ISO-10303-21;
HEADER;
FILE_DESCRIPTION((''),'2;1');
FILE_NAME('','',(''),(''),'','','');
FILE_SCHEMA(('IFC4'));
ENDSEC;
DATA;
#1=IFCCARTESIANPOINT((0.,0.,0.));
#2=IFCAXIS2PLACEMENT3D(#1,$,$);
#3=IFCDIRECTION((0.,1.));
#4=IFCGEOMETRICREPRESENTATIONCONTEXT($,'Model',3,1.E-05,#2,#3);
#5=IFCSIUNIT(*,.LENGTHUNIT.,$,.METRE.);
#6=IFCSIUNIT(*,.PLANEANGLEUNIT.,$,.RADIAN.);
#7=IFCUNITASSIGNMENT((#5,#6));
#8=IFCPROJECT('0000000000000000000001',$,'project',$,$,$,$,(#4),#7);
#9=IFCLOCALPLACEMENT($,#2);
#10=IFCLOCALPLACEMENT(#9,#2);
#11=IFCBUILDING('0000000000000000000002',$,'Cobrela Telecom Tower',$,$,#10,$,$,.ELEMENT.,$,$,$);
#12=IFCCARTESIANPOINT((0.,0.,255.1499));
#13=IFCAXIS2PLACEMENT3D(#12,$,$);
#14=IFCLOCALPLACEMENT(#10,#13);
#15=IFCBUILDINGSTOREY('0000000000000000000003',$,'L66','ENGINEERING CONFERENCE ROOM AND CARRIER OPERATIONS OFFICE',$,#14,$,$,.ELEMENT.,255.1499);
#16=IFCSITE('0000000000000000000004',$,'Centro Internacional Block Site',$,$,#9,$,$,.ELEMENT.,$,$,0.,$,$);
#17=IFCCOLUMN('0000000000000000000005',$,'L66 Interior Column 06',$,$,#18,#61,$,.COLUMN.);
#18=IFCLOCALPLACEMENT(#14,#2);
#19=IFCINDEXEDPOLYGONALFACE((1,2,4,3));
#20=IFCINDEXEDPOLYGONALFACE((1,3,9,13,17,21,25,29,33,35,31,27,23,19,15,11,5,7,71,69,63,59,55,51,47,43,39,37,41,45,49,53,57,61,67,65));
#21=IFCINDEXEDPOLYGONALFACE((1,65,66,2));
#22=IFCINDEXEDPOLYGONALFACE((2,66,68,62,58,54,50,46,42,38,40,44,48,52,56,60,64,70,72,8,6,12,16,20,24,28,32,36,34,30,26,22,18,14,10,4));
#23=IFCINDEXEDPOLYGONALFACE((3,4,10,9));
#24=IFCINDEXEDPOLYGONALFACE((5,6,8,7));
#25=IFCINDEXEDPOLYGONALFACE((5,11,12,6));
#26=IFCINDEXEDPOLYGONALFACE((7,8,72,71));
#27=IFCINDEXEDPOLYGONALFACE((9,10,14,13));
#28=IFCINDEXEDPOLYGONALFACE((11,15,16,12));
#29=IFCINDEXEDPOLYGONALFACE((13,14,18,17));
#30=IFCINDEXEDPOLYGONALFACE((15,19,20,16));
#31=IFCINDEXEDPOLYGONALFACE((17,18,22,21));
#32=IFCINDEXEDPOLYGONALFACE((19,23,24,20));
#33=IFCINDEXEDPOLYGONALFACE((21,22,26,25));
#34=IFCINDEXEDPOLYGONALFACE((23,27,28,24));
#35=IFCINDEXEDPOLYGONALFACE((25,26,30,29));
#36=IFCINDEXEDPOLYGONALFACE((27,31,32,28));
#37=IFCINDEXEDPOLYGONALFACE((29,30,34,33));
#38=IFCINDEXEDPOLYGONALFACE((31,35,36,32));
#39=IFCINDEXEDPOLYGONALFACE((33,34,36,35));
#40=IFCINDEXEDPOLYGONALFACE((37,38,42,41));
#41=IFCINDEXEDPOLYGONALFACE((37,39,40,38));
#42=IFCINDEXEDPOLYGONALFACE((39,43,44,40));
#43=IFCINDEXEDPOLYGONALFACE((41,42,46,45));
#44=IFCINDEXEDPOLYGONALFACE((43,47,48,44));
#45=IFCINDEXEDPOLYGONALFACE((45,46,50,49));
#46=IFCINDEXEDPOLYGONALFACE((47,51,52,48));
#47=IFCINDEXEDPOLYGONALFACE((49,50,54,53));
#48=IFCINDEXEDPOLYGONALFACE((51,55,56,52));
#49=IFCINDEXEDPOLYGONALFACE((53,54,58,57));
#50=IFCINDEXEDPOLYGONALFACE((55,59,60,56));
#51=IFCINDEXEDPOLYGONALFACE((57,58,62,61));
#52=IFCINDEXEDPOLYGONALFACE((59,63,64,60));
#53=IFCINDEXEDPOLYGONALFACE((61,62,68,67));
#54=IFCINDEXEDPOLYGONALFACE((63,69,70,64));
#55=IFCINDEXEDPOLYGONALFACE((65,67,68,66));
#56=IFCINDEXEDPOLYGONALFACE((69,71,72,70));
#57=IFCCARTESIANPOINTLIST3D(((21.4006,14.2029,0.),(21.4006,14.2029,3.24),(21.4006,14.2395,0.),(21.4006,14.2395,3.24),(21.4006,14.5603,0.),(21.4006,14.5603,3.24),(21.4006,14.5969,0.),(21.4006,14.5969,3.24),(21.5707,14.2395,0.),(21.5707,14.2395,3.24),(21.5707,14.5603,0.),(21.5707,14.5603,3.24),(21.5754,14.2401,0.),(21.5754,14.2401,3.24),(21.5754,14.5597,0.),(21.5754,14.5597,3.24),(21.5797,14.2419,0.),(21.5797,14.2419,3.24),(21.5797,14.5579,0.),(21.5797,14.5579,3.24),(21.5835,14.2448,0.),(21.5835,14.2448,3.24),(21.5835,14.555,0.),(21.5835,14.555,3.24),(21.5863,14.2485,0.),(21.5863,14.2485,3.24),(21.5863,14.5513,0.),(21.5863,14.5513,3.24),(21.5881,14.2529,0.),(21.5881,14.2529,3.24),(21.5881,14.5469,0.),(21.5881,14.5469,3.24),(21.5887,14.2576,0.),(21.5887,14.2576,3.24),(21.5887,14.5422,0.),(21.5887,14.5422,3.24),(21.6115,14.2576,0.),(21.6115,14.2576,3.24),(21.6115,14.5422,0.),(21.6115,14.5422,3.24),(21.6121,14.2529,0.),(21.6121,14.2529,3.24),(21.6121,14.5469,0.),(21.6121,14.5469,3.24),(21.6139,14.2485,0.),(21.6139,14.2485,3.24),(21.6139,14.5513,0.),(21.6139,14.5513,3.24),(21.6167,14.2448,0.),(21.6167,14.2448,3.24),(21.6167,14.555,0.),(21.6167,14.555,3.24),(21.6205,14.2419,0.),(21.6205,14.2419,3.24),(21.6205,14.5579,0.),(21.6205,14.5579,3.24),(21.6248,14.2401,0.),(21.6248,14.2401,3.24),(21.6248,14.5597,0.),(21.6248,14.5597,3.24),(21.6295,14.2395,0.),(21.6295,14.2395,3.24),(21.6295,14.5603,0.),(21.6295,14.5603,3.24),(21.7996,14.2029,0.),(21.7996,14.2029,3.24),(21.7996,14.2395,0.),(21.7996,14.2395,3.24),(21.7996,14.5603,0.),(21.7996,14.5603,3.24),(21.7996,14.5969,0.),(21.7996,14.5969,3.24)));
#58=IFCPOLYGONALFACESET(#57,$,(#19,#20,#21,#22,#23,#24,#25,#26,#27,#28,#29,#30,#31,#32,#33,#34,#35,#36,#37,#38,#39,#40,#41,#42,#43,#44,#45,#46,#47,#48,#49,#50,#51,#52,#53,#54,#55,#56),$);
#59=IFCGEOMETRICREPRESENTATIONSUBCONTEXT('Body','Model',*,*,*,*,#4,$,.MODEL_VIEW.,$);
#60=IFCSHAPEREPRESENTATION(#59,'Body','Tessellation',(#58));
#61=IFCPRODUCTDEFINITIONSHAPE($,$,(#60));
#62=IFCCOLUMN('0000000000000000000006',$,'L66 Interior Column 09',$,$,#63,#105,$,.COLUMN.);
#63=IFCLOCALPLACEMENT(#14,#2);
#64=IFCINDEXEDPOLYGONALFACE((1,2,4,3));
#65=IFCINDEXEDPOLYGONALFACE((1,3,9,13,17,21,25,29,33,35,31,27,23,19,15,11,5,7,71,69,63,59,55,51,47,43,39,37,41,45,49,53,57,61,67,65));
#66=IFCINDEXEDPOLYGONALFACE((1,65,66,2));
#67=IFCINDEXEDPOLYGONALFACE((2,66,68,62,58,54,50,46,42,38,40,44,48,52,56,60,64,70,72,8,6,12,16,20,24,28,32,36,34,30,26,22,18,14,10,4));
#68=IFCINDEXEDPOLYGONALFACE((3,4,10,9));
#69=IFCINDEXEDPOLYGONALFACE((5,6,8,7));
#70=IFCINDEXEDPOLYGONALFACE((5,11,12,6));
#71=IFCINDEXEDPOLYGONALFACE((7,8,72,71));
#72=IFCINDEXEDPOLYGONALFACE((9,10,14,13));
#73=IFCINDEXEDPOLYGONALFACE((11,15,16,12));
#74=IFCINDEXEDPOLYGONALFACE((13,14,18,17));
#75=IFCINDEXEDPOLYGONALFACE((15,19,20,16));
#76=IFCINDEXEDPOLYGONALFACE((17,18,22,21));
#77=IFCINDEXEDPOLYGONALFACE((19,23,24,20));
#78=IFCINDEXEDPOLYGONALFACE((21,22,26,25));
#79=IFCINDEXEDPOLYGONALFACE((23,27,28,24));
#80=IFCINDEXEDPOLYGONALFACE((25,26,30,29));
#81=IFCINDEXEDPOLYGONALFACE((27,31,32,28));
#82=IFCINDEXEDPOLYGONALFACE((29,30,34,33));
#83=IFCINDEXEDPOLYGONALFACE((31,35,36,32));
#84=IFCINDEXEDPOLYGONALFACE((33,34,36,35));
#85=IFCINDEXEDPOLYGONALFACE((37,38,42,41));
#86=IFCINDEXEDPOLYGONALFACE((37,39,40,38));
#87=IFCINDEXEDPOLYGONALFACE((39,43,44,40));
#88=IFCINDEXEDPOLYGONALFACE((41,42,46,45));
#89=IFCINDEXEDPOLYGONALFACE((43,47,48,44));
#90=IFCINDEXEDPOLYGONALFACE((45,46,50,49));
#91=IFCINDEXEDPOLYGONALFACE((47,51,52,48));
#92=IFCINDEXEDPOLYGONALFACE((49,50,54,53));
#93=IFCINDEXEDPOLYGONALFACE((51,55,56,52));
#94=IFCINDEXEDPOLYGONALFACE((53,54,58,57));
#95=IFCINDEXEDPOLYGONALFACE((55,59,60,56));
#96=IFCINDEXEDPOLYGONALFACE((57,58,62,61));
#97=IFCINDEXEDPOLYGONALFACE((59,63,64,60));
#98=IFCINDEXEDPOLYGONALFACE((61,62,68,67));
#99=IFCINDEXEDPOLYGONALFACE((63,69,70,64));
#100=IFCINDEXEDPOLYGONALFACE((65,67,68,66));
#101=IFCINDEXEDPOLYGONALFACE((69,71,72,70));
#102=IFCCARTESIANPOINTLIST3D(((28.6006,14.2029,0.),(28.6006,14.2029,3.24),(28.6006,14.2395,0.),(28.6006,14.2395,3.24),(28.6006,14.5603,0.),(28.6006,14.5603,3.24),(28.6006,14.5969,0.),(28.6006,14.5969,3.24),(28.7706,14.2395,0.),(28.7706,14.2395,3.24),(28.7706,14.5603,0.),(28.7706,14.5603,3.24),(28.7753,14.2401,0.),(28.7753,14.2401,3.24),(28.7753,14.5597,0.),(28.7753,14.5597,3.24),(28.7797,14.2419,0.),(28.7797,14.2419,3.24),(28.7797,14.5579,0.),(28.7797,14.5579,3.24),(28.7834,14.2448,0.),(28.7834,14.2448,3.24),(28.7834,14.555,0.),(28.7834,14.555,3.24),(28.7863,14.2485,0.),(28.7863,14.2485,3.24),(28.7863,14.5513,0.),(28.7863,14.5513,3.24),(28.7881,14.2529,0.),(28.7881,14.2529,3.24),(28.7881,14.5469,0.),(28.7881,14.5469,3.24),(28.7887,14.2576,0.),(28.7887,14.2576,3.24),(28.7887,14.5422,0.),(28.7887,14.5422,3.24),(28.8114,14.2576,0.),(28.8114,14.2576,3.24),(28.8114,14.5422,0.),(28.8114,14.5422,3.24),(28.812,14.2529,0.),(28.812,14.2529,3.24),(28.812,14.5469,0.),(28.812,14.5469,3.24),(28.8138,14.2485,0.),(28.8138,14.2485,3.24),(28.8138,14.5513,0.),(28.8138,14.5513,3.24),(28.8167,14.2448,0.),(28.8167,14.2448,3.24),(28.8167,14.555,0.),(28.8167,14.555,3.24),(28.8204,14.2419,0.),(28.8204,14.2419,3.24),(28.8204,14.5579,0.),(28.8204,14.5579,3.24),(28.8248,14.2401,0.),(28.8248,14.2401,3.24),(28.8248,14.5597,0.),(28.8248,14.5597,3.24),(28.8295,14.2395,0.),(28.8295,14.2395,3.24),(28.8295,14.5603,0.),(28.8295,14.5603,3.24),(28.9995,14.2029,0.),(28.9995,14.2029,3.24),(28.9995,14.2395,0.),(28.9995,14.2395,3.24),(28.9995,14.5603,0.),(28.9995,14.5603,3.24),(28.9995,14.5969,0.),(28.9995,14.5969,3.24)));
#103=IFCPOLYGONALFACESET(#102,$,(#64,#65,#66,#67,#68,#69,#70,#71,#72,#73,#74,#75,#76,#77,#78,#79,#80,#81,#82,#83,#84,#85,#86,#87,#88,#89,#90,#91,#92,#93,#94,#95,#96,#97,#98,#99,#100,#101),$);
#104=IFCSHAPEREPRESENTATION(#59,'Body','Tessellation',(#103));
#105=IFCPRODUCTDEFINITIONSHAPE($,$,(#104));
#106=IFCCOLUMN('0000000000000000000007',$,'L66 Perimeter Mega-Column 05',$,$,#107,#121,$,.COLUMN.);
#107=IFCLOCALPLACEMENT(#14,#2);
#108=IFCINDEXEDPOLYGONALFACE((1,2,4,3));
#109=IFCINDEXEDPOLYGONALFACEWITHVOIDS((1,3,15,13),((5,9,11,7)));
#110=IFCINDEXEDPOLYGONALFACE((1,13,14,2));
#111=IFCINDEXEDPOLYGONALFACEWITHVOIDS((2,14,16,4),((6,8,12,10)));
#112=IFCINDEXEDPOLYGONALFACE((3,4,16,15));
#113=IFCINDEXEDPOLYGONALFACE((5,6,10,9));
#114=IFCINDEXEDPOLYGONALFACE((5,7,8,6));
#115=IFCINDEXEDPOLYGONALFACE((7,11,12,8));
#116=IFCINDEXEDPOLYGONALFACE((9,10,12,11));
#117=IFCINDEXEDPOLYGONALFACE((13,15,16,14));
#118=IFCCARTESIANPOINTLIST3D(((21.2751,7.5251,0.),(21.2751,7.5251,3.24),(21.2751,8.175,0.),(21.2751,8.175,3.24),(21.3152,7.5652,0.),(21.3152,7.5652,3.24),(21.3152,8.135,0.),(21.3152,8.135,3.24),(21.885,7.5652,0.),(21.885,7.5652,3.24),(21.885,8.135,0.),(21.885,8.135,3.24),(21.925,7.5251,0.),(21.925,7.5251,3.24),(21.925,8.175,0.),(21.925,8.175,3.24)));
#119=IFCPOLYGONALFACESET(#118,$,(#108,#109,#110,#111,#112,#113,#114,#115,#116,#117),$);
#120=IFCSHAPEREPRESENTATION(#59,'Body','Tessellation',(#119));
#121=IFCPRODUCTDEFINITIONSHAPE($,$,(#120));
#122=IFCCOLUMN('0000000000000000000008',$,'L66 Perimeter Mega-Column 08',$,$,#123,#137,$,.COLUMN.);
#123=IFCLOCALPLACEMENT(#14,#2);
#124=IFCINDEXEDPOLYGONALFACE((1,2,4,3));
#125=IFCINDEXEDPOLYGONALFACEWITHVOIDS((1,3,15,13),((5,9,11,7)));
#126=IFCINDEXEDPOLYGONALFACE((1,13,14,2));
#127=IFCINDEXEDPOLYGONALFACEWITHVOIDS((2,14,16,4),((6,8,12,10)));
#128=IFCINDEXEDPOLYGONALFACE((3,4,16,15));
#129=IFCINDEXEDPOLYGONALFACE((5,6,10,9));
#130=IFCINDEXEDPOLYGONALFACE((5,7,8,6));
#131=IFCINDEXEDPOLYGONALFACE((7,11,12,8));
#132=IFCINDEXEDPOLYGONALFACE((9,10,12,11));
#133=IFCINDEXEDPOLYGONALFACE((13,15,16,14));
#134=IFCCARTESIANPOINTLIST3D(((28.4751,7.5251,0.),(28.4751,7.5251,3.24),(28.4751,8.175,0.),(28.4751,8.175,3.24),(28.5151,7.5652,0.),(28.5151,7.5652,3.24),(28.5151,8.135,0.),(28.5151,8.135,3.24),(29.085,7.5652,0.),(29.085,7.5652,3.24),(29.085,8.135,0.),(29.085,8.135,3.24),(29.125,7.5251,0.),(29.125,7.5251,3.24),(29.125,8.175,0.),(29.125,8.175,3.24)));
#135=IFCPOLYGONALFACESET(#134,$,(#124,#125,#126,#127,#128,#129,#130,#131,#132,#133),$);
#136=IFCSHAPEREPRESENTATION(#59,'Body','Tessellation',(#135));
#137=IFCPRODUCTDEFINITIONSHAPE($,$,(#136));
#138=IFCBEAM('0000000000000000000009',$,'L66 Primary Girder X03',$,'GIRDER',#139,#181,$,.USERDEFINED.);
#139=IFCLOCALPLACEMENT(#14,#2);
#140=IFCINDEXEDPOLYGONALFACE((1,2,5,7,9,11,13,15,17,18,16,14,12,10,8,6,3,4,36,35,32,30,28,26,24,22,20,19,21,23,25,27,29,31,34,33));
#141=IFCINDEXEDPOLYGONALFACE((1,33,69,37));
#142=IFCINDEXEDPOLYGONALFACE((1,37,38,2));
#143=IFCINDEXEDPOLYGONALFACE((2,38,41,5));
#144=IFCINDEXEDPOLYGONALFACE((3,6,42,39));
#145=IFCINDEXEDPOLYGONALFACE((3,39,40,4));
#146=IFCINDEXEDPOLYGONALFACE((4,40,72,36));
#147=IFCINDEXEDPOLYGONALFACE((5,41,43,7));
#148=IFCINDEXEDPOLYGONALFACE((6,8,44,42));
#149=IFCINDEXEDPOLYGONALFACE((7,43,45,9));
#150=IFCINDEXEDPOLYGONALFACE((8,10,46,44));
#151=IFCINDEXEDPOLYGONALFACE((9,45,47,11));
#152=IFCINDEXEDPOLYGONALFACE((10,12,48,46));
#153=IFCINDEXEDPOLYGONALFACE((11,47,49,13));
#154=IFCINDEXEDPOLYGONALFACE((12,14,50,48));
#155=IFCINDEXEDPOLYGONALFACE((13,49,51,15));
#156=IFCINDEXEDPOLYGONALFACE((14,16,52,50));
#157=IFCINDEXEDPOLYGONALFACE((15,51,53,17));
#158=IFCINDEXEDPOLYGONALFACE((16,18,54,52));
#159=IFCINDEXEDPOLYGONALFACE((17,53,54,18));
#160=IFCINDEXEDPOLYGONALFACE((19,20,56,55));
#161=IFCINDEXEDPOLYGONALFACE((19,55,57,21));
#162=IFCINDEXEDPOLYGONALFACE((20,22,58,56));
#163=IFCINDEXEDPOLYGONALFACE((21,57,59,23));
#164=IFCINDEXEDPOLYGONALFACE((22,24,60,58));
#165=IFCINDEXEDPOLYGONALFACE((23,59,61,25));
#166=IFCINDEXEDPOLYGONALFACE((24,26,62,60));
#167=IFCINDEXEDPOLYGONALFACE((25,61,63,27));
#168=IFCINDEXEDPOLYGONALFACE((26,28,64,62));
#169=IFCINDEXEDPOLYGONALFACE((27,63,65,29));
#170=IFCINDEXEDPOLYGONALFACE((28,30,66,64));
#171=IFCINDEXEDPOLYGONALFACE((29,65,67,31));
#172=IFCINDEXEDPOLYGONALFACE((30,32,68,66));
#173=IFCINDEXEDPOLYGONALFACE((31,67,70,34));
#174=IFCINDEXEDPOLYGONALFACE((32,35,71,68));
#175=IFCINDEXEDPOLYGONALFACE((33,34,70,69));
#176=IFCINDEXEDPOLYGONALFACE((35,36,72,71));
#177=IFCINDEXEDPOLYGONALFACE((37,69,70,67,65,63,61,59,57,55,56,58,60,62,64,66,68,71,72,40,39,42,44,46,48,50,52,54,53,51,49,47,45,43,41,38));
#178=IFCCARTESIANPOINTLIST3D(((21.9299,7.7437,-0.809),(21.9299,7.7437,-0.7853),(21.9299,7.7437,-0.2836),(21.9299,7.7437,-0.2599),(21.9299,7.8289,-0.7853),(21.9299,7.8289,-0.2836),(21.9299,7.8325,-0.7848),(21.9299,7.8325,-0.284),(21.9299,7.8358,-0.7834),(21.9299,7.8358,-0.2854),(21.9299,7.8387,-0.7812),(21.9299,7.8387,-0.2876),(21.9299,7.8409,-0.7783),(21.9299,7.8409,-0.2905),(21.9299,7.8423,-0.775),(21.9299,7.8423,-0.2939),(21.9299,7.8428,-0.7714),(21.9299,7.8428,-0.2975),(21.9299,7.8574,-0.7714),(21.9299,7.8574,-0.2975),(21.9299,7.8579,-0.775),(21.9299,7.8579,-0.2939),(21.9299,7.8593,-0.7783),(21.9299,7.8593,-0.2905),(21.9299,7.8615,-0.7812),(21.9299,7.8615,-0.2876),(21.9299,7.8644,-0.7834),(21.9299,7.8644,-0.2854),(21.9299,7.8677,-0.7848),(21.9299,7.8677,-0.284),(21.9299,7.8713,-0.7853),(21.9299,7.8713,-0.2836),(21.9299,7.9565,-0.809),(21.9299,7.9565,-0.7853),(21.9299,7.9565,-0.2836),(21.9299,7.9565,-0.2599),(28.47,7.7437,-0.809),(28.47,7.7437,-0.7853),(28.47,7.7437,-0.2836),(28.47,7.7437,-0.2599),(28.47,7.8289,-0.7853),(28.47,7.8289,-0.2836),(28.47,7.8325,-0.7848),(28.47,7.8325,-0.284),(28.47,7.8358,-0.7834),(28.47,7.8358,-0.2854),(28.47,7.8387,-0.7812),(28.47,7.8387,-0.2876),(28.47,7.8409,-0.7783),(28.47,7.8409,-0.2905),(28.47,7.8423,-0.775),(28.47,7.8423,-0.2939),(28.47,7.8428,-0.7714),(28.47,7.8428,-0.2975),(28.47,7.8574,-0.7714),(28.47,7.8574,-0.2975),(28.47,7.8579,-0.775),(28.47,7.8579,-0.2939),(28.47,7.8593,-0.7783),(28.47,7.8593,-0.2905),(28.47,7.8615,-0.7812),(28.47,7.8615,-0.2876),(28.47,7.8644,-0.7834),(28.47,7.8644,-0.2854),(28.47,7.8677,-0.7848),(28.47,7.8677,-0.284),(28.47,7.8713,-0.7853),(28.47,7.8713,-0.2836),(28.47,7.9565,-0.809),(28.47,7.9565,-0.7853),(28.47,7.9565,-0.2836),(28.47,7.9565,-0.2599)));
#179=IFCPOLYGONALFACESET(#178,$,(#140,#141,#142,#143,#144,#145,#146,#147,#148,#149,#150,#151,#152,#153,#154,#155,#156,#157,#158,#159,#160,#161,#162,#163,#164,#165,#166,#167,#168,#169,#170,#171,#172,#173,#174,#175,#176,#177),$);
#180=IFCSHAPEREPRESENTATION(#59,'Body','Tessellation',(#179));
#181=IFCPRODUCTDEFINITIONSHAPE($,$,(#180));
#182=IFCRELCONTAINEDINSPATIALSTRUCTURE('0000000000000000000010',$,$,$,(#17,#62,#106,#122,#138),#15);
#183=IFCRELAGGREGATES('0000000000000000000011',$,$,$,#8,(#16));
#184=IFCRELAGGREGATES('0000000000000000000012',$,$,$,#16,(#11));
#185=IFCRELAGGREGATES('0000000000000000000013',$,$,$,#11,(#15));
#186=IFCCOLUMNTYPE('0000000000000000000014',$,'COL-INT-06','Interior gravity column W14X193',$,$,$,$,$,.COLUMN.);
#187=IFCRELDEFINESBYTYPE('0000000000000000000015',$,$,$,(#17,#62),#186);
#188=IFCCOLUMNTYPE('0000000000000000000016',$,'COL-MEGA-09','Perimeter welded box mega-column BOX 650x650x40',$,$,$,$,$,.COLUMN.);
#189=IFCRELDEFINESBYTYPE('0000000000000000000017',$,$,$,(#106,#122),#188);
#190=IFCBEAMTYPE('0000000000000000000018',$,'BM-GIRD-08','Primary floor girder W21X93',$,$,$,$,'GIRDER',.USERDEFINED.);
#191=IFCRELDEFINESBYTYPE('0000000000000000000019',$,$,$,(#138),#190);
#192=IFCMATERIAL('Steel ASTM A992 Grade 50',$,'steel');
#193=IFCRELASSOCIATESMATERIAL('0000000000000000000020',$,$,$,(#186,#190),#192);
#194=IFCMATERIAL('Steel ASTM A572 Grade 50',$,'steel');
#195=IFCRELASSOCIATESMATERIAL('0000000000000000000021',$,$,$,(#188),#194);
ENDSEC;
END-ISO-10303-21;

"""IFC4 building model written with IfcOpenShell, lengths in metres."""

from ifc_helpers import new_model, si_unit, direction, frame, origin, origin_2d, place, context, subcontext, project, spatial, hollow_rectangle, i_section, extrude, material, material_profile, profile_set, type_object, element, save


model = new_model("IFC4")

# Units and contexts
model_context = context("Model", 3, precision=1e-05, world=origin(), true_north=direction((0.0, 1.0)))
body_context = subcontext(model_context, "Body", "Model", "MODEL_VIEW")
ifc_project = project(units=[si_unit("LENGTHUNIT", "METRE"), si_unit("PLANEANGLEUNIT", "RADIAN")], contexts=[model_context])

# Site, building, storey
site_placement = place(None, origin())
site = spatial("IfcSite", under=ifc_project, at=site_placement, Name="Centro Internacional Block Site", CompositionType="ELEMENT", RefElevation=0.0)
building_placement = place(site_placement, origin())
building = spatial("IfcBuilding", under=site, at=building_placement, Name="Cobrela Telecom Tower", CompositionType="ELEMENT")
storey_placement = place(building_placement, frame((0.0, 0.0, 255.1499)))
storey = spatial("IfcBuildingStorey", under=building, at=storey_placement, Name="L66", Description="ENGINEERING CONFERENCE ROOM AND CARRIER OPERATIONS OFFICE", CompositionType="ELEMENT", Elevation=255.1499)

# Columns
ifc_material_1 = material(Name="Steel ASTM A992 Grade 50", Category="steel")
ifc_material_profile_1 = material_profile(ifc_material_1, i_section(OverallWidth=0.3989, OverallDepth=0.394, WebThickness=0.0227, FlangeThickness=0.0366, FilletRadius=0.0181, at=origin_2d()), Name="W14X193")
ifc_profile_set_1 = profile_set([ifc_material_profile_1], Name="Steel ASTM A992 Grade 50")
column_type_1 = type_object("IfcColumnType", Name="COL-INT-06", Description="Interior gravity column W14X193", PredefinedType="COLUMN", material=ifc_profile_set_1)
for number, where, z_axis, x_axis, name in (
    (1, (21.6001, 14.3999, 0.0), (0.0, 0.0, 1.0), (1.0, 0.0, 0.0), "L66 Interior Column 06"),
    (2, (28.8, 14.3999, 0.0), (0.0, 0.0, 1.0), (1.0, 0.0, 0.0), "L66 Interior Column 09"),
):
    element("IfcColumn", number, at=place(storey_placement, frame(where, z_axis=z_axis, x_axis=x_axis)), inside=storey, type_object=column_type_1, Name=name, PredefinedType="COLUMN", context=body_context, shape_type="SweptSolid", body=[
        extrude(i_section(OverallWidth=0.3989, OverallDepth=0.394, WebThickness=0.0227, FlangeThickness=0.0366, FilletRadius=0.0181, at=origin_2d()), origin(), (0.0, 0.0, 1.0), 3.24),
    ])
ifc_material_2 = material(Name="Steel ASTM A572 Grade 50", Category="steel")
ifc_material_profile_2 = material_profile(ifc_material_2, hollow_rectangle(XDim=0.6499, YDim=0.6499, WallThickness=0.04, at=origin_2d()), Name="BOX 650x650x40")
ifc_profile_set_2 = profile_set([ifc_material_profile_2], Name="Steel ASTM A572 Grade 50")
column_type_2 = type_object("IfcColumnType", Name="COL-MEGA-09", Description="Perimeter welded box mega-column BOX 650x650x40", PredefinedType="COLUMN", material=ifc_profile_set_2)
for number, where, z_axis, x_axis, name in (
    (3, (21.6001, 7.8501, 0.0), (0.0, 0.0, 1.0), (1.0, 0.0, 0.0), "L66 Perimeter Mega-Column 05"),
    (4, (28.8, 7.8501, 0.0), (0.0, 0.0, 1.0), (1.0, 0.0, 0.0), "L66 Perimeter Mega-Column 08"),
):
    element("IfcColumn", number, at=place(storey_placement, frame(where, z_axis=z_axis, x_axis=x_axis)), inside=storey, type_object=column_type_2, Name=name, PredefinedType="COLUMN", context=body_context, shape_type="SweptSolid", body=[
        extrude(hollow_rectangle(XDim=0.6499, YDim=0.6499, WallThickness=0.04, at=origin_2d()), origin(), (0.0, 0.0, 1.0), 3.24),
    ])

# Beam
ifc_material_profile_3 = material_profile(ifc_material_1, i_section(OverallWidth=0.2129, OverallDepth=0.5491, WebThickness=0.0146, FlangeThickness=0.0237, FilletRadius=0.0139, at=origin_2d()), Name="W21X93")
ifc_profile_set_3 = profile_set([ifc_material_profile_3], Name="Steel ASTM A992 Grade 50")
beam_type_1 = type_object("IfcBeamType", Name="BM-GIRD-08", Description="Primary floor girder W21X93", ElementType="GIRDER", PredefinedType="USERDEFINED", material=ifc_profile_set_3)
beam_1_placement = place(storey_placement, frame((21.9299, 7.8501, -0.5344), z_axis=(1.0, 0.0, 0.0), x_axis=(0.0, 1.0, 0.0)))
element("IfcBeam", 5, at=beam_1_placement, inside=storey, type_object=beam_type_1, Name="L66 Primary Girder X03", ObjectType="GIRDER", PredefinedType="USERDEFINED", context=body_context, shape_type="SweptSolid", body=[
    extrude(i_section(OverallWidth=0.2129, OverallDepth=0.5491, WebThickness=0.0146, FlangeThickness=0.0237, FilletRadius=0.0139, at=origin_2d()), origin(), (0.0, 0.0, 1.0), 6.54),
])

save(model, "model.ifc")
